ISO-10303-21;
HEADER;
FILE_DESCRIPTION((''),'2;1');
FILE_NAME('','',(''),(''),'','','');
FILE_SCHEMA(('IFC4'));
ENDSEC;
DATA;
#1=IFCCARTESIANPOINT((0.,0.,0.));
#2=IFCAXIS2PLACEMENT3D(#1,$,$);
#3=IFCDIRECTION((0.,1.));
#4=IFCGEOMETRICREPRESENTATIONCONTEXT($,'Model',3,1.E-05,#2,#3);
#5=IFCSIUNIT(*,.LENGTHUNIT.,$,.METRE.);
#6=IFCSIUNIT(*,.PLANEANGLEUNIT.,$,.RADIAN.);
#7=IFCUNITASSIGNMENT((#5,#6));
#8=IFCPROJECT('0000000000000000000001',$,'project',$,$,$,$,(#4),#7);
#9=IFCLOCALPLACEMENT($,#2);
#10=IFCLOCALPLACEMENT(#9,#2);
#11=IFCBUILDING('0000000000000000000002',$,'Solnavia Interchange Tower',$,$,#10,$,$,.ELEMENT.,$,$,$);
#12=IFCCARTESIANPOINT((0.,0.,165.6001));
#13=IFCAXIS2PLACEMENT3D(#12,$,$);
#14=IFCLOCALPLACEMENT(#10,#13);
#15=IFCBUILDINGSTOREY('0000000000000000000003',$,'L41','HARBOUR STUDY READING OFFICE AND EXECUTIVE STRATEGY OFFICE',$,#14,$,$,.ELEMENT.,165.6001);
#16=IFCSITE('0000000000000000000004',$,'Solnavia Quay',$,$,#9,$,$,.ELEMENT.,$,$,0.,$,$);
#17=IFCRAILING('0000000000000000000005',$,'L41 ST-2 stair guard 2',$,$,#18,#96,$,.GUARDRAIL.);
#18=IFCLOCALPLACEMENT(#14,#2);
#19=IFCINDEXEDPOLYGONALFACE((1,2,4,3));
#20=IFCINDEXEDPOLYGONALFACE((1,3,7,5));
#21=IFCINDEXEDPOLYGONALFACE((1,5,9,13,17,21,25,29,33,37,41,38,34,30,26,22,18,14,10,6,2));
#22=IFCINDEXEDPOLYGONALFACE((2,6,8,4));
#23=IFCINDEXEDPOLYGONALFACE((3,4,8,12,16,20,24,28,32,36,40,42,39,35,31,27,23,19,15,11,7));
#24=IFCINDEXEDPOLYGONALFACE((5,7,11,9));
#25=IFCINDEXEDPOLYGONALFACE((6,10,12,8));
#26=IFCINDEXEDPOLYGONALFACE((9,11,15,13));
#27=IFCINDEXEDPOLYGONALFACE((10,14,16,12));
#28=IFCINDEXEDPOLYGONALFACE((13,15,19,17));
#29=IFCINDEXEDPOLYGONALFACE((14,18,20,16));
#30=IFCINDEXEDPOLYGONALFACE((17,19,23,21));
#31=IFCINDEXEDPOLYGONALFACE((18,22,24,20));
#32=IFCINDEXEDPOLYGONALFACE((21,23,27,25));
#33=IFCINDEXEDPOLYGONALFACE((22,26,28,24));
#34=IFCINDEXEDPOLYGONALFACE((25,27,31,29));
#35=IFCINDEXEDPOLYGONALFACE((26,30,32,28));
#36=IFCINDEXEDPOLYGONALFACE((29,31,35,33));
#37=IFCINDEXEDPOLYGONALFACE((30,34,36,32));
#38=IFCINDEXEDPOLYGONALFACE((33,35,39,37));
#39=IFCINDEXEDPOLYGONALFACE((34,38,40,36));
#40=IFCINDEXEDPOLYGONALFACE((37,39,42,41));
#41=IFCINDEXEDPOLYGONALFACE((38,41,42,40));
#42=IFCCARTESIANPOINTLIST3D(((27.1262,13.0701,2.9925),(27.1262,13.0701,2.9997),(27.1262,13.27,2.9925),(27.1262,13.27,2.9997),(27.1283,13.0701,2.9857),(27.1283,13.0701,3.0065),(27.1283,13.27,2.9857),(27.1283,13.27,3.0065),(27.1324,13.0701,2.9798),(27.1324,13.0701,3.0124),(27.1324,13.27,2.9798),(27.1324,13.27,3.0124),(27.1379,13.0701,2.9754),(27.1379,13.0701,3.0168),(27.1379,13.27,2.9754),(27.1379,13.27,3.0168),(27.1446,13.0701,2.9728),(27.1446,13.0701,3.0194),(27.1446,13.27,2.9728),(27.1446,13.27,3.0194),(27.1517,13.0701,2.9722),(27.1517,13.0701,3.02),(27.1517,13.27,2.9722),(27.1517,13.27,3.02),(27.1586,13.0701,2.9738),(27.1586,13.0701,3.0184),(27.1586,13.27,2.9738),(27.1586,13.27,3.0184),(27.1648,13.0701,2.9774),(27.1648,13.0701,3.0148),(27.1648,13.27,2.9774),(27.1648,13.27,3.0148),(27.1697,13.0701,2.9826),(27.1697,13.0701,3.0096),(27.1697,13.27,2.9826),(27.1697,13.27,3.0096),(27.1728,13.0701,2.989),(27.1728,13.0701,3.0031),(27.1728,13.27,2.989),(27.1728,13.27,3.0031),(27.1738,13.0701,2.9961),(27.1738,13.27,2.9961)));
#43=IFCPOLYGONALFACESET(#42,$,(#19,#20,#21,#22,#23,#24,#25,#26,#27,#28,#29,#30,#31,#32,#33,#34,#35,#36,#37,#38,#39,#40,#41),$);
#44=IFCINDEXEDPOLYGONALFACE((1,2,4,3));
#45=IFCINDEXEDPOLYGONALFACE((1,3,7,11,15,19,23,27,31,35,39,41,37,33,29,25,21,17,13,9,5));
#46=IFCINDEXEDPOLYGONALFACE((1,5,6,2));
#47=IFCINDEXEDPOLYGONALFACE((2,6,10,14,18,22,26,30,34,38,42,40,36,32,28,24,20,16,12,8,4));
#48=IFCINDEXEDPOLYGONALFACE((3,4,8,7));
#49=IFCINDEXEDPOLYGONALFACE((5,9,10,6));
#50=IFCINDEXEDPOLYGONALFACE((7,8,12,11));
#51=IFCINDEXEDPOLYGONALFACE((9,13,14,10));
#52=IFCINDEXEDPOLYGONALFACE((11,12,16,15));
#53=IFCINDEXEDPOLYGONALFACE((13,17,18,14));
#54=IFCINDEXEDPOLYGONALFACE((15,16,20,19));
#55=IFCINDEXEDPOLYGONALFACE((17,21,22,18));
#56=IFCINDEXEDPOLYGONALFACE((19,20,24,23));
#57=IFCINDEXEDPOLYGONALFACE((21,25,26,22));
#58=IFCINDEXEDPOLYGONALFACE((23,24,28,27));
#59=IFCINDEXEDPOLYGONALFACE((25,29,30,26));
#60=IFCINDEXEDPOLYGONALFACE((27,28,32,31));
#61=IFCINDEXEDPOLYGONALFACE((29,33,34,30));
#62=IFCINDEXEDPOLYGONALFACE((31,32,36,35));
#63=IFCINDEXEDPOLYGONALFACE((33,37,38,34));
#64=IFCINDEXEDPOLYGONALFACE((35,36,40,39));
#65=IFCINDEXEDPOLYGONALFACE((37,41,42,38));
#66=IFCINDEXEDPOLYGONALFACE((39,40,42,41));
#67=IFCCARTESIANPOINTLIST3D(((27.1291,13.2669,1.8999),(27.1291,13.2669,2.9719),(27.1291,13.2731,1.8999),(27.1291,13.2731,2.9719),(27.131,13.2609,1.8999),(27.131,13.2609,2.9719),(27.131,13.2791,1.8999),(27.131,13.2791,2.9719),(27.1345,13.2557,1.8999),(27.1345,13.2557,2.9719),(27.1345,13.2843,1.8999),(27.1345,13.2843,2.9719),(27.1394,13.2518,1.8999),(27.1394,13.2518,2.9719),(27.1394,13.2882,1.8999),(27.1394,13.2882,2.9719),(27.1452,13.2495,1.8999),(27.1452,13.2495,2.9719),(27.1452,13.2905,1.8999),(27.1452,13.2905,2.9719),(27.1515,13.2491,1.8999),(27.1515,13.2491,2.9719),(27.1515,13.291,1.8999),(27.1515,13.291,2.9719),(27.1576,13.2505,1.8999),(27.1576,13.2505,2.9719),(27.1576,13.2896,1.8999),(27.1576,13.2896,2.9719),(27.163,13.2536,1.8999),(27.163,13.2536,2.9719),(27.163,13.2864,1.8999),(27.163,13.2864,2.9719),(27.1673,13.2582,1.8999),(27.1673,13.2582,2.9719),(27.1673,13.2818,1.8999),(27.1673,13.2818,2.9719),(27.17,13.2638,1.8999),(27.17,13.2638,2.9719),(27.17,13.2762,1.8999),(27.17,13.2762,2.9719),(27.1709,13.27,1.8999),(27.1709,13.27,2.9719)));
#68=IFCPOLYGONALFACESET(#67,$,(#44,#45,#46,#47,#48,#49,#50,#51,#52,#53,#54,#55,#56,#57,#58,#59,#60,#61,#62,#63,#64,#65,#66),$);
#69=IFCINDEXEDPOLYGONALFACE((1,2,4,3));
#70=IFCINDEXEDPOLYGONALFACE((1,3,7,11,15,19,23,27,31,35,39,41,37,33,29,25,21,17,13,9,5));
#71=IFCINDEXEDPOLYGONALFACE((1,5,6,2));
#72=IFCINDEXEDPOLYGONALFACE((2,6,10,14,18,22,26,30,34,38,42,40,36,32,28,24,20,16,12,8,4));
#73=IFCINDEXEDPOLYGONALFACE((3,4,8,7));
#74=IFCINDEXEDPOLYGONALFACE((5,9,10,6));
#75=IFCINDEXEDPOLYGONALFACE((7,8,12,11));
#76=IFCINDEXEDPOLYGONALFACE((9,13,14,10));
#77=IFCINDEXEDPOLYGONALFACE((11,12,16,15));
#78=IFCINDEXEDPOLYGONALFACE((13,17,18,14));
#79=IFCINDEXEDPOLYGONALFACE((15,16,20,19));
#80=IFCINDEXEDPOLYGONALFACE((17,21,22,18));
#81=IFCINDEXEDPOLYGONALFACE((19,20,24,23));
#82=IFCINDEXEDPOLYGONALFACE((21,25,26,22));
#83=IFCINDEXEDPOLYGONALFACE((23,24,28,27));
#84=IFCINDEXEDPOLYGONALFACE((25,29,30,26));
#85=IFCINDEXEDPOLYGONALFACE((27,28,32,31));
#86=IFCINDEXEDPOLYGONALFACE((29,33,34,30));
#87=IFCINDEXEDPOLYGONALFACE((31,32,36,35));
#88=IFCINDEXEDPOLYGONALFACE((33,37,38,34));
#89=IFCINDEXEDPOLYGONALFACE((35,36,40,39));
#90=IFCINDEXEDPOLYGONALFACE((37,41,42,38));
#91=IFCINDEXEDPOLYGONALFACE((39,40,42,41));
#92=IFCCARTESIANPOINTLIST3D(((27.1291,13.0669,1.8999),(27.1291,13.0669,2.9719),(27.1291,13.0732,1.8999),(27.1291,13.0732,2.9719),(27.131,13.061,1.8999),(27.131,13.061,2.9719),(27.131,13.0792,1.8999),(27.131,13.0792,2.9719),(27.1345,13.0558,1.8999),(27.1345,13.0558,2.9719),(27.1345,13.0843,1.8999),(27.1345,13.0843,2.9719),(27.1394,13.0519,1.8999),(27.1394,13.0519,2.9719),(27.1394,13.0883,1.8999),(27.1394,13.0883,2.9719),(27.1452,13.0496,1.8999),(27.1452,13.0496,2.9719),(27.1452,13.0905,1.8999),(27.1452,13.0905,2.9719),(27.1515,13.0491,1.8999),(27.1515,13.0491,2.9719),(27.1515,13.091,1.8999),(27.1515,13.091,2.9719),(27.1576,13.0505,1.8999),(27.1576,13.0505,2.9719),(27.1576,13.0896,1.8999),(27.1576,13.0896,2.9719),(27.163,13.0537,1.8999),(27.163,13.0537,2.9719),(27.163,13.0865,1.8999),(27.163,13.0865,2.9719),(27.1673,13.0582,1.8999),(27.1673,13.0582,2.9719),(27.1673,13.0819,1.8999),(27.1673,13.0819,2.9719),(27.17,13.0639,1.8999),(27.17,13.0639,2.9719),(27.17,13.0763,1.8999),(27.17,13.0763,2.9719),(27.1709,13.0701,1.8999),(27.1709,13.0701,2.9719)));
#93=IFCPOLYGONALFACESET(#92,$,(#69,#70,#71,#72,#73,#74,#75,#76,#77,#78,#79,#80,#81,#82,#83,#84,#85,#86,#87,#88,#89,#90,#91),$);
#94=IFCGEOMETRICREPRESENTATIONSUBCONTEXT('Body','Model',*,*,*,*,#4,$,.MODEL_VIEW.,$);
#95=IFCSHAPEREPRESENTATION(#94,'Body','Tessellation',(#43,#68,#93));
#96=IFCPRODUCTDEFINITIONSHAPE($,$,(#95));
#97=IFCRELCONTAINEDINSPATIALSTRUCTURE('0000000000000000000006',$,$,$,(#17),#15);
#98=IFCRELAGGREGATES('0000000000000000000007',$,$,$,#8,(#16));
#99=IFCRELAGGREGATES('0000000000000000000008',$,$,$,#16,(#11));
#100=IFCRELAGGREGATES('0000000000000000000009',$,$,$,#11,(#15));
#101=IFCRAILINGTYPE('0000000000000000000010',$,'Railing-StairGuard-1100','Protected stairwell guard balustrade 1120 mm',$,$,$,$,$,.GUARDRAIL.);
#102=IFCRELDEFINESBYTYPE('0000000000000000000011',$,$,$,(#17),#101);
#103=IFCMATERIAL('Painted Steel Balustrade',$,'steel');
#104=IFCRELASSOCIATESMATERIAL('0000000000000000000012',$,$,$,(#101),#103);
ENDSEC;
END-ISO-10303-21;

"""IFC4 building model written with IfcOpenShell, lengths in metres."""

from ifc_helpers import new_model, si_unit, direction, frame, origin, origin_2d, place, context, subcontext, project, spatial, circle, extrude, material, type_object, element, save


model = new_model("IFC4")

# Units and contexts
model_context = context("Model", 3, precision=1e-05, world=origin(), true_north=direction((0.0, 1.0)))
body_context = subcontext(model_context, "Body", "Model", "MODEL_VIEW")
ifc_project = project(units=[si_unit("LENGTHUNIT", "METRE"), si_unit("PLANEANGLEUNIT", "RADIAN")], contexts=[model_context])

# Site, building, storey
site_placement = place(None, origin())
site = spatial("IfcSite", under=ifc_project, at=site_placement, Name="Solnavia Quay", CompositionType="ELEMENT", RefElevation=0.0)
building_placement = place(site_placement, origin())
building = spatial("IfcBuilding", under=site, at=building_placement, Name="Solnavia Interchange Tower", CompositionType="ELEMENT")
storey_placement = place(building_placement, frame((0.0, 0.0, 165.6001)))
storey = spatial("IfcBuildingStorey", under=building, at=storey_placement, Name="L41", Description="HARBOUR STUDY READING OFFICE AND EXECUTIVE STRATEGY OFFICE", CompositionType="ELEMENT", Elevation=165.6001)

# Railing
ifc_material_1 = material(Name="Painted Steel Balustrade", Category="steel")
railing_type_1 = type_object("IfcRailingType", Name="Railing-StairGuard-1100", Description="Protected stairwell guard balustrade 1120 mm", PredefinedType="GUARDRAIL", material=ifc_material_1)
railing_1_placement = place(storey_placement, frame((27.1499, 13.27, 1.8999)))
element("IfcRailing", 1, at=railing_1_placement, inside=storey, type_object=railing_type_1, Name="L41 ST-2 stair guard 2", PredefinedType="GUARDRAIL", context=body_context, shape_type="SweptSolid", body=[
    extrude(circle(Radius=0.0239, at=origin_2d()), frame((0.0, 0.0, 1.0962), z_axis=(0.0, -1.0, 0.0), x_axis=(1.0, 0.0, 0.0)), (0.0, 0.0, 1.0), 0.2),
    extrude(circle(Radius=0.021, at=origin_2d()), origin(), (0.0, 0.0, 1.0), 1.072),
    extrude(circle(Radius=0.021, at=origin_2d()), frame((0.0, -0.2, 0.0)), (0.0, 0.0, 1.0), 1.072),
])

save(model, "model.ifc")
